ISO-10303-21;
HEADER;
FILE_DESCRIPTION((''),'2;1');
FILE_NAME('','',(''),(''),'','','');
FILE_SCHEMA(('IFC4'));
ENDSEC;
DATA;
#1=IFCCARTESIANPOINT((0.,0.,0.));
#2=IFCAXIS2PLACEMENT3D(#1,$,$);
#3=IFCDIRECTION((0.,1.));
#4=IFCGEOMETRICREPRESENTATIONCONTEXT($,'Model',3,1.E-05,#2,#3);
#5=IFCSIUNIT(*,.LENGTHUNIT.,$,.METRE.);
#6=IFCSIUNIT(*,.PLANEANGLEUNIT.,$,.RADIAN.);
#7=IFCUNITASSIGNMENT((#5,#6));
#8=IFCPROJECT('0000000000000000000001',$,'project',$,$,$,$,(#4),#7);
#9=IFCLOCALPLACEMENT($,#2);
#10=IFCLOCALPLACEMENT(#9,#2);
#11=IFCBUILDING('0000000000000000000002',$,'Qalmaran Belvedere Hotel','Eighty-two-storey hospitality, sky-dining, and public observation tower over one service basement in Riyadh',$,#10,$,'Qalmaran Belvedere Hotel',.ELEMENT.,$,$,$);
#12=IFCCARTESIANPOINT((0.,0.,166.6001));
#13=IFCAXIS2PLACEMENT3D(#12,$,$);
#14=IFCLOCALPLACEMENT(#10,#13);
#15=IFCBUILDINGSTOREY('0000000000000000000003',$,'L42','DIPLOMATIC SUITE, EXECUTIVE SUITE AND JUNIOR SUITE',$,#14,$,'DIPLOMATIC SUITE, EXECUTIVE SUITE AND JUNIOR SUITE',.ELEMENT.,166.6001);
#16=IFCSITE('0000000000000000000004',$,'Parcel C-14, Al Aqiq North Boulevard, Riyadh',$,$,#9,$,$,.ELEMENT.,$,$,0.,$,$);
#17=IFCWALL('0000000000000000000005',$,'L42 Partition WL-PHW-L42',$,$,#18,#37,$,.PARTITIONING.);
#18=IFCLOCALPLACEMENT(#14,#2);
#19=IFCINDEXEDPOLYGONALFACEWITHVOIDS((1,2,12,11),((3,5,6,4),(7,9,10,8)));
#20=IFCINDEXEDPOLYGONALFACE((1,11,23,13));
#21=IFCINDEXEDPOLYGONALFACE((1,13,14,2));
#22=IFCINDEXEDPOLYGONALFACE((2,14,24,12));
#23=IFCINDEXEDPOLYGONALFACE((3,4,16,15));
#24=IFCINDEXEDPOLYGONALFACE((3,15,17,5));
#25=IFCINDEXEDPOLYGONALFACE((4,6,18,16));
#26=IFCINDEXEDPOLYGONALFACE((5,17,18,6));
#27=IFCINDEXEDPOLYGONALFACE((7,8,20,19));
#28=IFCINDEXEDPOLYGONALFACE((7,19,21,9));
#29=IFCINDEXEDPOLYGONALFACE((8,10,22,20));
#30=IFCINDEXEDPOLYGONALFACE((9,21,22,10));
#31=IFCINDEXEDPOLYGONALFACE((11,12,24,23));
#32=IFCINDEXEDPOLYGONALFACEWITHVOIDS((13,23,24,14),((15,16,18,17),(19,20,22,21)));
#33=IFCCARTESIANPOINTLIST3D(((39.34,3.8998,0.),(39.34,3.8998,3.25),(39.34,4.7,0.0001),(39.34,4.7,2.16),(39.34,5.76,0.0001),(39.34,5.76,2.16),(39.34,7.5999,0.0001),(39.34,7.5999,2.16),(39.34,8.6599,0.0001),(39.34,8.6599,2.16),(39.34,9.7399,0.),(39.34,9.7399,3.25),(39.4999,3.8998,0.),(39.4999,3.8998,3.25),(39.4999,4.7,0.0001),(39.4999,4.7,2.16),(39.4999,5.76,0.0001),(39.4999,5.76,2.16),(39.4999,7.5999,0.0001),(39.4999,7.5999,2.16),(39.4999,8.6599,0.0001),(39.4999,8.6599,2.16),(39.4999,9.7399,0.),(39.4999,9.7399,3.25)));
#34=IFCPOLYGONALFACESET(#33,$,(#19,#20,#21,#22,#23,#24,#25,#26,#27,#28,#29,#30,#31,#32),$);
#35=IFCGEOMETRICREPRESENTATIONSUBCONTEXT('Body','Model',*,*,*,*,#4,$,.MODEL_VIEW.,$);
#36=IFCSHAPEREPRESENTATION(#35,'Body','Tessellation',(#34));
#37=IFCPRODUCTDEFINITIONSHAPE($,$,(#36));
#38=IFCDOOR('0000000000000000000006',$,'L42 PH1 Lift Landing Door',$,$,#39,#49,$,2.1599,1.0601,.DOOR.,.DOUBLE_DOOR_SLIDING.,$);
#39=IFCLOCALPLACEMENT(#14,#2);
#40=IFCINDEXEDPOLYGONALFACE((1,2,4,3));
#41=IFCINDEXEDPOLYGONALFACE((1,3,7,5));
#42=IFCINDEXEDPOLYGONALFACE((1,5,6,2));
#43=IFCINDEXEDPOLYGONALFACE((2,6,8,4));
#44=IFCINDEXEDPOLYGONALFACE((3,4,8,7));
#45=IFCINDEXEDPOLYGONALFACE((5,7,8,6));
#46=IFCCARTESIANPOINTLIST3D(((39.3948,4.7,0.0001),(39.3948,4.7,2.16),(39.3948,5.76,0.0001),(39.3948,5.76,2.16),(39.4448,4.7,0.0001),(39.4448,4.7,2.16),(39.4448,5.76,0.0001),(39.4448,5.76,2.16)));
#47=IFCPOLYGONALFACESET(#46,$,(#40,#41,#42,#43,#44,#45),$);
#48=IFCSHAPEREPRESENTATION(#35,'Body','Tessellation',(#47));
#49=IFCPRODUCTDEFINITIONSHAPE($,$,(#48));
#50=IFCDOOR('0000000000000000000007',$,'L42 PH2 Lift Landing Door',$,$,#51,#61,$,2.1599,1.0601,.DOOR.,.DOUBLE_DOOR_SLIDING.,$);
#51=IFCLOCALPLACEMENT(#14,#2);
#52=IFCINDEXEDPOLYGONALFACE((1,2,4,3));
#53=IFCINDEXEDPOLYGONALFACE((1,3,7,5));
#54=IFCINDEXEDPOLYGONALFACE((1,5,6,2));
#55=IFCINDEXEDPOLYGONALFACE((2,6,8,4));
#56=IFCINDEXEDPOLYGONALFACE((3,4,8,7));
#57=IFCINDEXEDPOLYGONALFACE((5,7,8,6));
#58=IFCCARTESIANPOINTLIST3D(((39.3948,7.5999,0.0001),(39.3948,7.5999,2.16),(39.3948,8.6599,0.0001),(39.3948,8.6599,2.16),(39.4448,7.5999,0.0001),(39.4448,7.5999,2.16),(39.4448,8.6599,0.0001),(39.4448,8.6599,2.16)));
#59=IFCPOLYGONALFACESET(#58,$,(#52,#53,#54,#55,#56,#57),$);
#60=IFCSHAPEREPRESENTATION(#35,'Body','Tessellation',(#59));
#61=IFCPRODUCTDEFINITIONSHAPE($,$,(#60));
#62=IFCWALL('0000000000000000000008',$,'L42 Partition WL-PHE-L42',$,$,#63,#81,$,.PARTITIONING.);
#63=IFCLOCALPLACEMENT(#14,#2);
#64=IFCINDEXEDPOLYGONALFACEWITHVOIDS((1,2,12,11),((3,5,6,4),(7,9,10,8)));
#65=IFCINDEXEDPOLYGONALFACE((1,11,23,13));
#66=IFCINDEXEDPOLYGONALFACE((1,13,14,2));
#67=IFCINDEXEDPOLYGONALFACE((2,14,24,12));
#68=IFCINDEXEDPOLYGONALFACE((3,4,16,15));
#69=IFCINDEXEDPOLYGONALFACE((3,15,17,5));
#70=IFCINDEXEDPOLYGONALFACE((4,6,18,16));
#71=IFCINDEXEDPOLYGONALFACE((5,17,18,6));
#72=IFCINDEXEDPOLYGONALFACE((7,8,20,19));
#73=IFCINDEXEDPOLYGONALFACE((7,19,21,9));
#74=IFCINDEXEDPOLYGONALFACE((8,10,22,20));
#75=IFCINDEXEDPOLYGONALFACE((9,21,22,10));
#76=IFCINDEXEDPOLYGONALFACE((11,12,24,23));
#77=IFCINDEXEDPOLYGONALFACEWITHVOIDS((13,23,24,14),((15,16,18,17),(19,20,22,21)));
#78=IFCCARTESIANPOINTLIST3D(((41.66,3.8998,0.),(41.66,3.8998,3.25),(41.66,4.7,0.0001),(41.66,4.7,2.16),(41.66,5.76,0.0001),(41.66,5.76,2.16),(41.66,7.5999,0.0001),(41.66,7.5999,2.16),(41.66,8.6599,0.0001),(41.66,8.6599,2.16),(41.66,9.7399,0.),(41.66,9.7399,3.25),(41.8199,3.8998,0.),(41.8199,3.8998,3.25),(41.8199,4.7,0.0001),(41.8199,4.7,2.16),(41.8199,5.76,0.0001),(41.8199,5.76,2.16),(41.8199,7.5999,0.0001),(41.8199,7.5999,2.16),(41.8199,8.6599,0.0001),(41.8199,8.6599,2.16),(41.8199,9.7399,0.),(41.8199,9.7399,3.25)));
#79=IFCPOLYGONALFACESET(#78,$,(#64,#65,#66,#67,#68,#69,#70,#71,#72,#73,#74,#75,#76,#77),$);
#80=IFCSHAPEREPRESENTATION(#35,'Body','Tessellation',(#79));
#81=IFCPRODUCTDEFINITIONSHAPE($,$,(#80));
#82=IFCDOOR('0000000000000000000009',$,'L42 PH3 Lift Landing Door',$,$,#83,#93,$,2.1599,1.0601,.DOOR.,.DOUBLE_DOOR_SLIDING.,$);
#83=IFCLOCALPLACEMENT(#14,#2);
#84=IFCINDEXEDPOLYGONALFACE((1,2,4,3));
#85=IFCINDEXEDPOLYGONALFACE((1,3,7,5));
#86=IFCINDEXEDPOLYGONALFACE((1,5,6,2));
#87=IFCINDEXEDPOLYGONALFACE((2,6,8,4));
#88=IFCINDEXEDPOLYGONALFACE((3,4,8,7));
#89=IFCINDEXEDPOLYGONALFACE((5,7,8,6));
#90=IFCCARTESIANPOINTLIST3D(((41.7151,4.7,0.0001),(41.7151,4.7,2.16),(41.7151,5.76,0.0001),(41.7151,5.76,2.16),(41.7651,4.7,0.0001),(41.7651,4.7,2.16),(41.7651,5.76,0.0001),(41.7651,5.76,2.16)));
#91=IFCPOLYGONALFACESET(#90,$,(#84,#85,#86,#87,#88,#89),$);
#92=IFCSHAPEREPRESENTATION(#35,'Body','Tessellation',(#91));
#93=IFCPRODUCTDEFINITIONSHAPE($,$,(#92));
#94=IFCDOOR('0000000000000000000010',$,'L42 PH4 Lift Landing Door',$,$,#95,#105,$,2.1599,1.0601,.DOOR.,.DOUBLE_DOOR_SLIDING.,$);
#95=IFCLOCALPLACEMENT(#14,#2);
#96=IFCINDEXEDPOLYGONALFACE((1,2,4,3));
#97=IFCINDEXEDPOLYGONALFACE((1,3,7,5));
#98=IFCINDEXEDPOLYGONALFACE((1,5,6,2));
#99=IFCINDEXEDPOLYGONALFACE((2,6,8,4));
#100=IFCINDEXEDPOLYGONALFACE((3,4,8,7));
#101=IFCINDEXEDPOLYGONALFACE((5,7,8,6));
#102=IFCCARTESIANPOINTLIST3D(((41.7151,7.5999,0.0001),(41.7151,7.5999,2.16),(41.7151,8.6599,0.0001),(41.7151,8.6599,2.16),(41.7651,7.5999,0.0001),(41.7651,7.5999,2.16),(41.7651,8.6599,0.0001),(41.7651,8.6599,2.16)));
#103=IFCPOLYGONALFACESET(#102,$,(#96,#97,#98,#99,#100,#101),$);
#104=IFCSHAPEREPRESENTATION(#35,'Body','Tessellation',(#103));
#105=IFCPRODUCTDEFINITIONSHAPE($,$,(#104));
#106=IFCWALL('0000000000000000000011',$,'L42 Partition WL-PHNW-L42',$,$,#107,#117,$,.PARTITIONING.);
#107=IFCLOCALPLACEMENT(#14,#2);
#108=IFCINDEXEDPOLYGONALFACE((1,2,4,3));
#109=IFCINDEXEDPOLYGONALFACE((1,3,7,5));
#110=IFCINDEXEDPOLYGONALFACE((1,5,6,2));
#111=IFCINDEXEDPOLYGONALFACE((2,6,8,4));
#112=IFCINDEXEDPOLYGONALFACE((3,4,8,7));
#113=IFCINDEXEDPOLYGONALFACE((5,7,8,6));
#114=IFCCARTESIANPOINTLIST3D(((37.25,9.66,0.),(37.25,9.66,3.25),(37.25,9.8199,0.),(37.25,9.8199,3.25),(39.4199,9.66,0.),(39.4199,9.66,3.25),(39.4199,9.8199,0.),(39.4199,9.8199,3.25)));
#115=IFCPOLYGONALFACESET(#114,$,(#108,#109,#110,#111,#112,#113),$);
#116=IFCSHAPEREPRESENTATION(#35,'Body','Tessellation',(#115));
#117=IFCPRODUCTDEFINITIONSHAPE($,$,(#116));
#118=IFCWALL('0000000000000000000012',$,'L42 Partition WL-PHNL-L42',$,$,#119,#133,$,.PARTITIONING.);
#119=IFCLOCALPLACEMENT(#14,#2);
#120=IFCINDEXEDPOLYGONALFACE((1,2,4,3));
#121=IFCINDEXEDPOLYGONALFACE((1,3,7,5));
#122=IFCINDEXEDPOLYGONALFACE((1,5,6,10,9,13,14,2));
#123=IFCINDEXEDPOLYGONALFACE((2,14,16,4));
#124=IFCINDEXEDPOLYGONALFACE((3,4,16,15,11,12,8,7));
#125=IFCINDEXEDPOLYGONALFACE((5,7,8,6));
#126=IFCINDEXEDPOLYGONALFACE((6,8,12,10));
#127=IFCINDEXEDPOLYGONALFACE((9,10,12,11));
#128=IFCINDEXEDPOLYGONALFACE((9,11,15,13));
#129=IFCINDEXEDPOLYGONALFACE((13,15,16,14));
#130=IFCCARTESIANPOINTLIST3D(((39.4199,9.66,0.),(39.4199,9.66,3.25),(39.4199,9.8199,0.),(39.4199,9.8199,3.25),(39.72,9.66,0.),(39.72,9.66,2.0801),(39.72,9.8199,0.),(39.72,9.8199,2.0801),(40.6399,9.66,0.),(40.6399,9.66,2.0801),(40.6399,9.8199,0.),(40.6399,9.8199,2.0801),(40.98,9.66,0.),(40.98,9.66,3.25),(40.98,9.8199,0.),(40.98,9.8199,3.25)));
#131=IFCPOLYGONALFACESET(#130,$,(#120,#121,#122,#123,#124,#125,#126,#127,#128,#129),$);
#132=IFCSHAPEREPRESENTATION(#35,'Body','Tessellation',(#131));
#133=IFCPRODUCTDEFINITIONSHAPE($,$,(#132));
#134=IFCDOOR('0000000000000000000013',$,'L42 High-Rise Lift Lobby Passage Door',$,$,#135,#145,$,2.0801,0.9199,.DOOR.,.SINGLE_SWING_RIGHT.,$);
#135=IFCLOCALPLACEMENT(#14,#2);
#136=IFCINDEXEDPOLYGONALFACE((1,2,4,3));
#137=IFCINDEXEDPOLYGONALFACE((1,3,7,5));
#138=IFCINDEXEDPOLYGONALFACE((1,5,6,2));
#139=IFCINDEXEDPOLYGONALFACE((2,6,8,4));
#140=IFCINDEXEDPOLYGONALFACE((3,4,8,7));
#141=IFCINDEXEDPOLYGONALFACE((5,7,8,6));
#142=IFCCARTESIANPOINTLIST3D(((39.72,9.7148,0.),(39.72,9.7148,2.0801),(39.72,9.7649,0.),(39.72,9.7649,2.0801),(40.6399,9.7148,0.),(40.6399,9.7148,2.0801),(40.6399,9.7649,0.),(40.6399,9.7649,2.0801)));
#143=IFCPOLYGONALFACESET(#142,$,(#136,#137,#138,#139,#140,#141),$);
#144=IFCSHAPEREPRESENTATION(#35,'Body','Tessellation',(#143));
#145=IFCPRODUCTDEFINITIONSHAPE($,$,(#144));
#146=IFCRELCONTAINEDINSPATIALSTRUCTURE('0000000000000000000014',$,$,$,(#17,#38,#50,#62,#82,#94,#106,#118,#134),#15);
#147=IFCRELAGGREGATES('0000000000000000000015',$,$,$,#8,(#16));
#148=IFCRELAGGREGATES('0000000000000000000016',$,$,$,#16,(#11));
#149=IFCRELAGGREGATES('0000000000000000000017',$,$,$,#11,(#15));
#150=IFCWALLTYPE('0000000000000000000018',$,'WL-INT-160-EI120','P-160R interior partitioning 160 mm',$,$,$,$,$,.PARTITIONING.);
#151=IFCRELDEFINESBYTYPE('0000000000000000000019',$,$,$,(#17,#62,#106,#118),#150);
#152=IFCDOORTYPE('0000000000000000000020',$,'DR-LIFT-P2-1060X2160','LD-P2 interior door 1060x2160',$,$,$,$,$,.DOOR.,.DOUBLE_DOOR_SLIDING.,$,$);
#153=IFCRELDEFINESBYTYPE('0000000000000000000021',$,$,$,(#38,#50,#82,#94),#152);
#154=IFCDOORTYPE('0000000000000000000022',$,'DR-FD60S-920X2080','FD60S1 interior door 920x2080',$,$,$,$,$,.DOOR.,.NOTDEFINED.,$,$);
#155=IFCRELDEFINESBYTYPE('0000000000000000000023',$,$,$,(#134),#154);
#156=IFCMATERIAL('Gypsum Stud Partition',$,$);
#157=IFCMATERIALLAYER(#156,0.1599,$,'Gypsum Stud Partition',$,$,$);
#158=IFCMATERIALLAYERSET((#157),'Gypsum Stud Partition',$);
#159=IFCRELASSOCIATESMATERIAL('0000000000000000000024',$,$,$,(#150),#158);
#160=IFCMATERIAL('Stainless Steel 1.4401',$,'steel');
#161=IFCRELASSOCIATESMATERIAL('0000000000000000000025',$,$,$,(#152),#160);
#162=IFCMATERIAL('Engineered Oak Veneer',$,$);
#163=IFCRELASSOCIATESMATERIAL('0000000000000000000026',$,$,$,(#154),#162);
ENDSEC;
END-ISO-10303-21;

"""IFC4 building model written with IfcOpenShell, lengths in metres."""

from ifc_helpers import new_model, si_unit, direction, frame, frame_2d, origin, place, context, subcontext, project, spatial, rectangle, extrude, material, layer, layer_set, type_object, element, fill, save


model = new_model("IFC4")

# Units and contexts
model_context = context("Model", 3, precision=1e-05, world=origin(), true_north=direction((0.0, 1.0)))
body_context = subcontext(model_context, "Body", "Model", "MODEL_VIEW")
ifc_project = project(units=[si_unit("LENGTHUNIT", "METRE"), si_unit("PLANEANGLEUNIT", "RADIAN")], contexts=[model_context])

# Site, building, storey
site_placement = place(None, origin())
site = spatial("IfcSite", under=ifc_project, at=site_placement, Name="Parcel C-14, Al Aqiq North Boulevard, Riyadh", CompositionType="ELEMENT", RefElevation=0.0)
building_placement = place(site_placement, origin())
building = spatial("IfcBuilding", under=site, at=building_placement, Name="Qalmaran Belvedere Hotel", Description="Eighty-two-storey hospitality, sky-dining, and public observation tower over one service basement in Riyadh", LongName="Qalmaran Belvedere Hotel", CompositionType="ELEMENT")
storey_placement = place(building_placement, frame((0.0, 0.0, 166.6001)))
storey = spatial("IfcBuildingStorey", under=building, at=storey_placement, Name="L42", Description="DIPLOMATIC SUITE, EXECUTIVE SUITE AND JUNIOR SUITE", LongName="DIPLOMATIC SUITE, EXECUTIVE SUITE AND JUNIOR SUITE", CompositionType="ELEMENT", Elevation=166.6001)

# Shared definitions
ifc_material_1 = material(Name="Gypsum Stud Partition")

# Walls, openings, doors
ifc_layer_1 = layer(ifc_material_1, 0.1599, Name="Gypsum Stud Partition")
ifc_layer_set_1 = layer_set([ifc_layer_1], Name="Gypsum Stud Partition")
wall_type_1 = type_object("IfcWallType", Name="WL-INT-160-EI120", Description="P-160R interior partitioning 160 mm", PredefinedType="PARTITIONING", material=ifc_layer_set_1)
wall_1_placement = place(storey_placement, frame((39.4199, 3.8999, 0.0), z_axis=(0.0, 0.0, 1.0), x_axis=(0.0, 1.0, 0.0)))
wall_1 = element("IfcWall", 1, at=wall_1_placement, inside=storey, type_object=wall_type_1, Name="L42 Partition WL-PHW-L42", PredefinedType="PARTITIONING", context=body_context, shape_type="SweptSolid", body=[
    extrude(rectangle(XDim=5.8401, YDim=0.1599, at=frame_2d((2.9199, 0.0))), origin(), (0.0, 0.0, 1.0), 3.25),
])
opening_1_placement = place(wall_1_placement, frame((1.8601, 0.0, 0.0), z_axis=(0.0, 0.0, 1.0), x_axis=(-1.0, 0.0, 0.0)))
opening_1 = element("IfcOpeningElement", 2, at=opening_1_placement, cuts=wall_1, PredefinedType="OPENING", context=body_context, shape_type="SweptSolid", body=[
    extrude(rectangle(XDim=1.0601, YDim=2.1599, at=frame_2d((0.53, 1.0801))), frame((0.0, 0.0898, 0.0), z_axis=(0.0, -1.0, 0.0), x_axis=(1.0, 0.0, 0.0)), (0.0, 0.0, 1.0), 0.1799),
])
opening_2_placement = place(wall_1_placement, frame((4.76, 0.0, 0.0), z_axis=(0.0, 0.0, 1.0), x_axis=(-1.0, 0.0, 0.0)))
opening_2 = element("IfcOpeningElement", 3, at=opening_2_placement, cuts=wall_1, PredefinedType="OPENING", context=body_context, shape_type="SweptSolid", body=[
    extrude(rectangle(XDim=1.0601, YDim=2.1599, at=frame_2d((0.53, 1.0801))), frame((0.0, 0.0898, 0.0), z_axis=(0.0, -1.0, 0.0), x_axis=(1.0, 0.0, 0.0)), (0.0, 0.0, 1.0), 0.1799),
])
ifc_material_2 = material(Name="Stainless Steel 1.4401", Category="steel")
door_type_1 = type_object("IfcDoorType", Name="DR-LIFT-P2-1060X2160", Description="LD-P2 interior door 1060x2160", OperationType="DOUBLE_DOOR_SLIDING", PredefinedType="DOOR", material=ifc_material_2)
door_1_placement = place(opening_1_placement, origin())
door_1 = element("IfcDoor", 4, at=door_1_placement, inside=storey, type_object=door_type_1, Name="L42 PH1 Lift Landing Door", OperationType="DOUBLE_DOOR_SLIDING", OverallHeight=2.1599, OverallWidth=1.0601, PredefinedType="DOOR", context=body_context, shape_type="SweptSolid", body=[
    extrude(rectangle(XDim=1.0601, YDim=2.1599, at=frame_2d((0.53, 1.0801))), frame((0.0, 0.0249, 0.0), z_axis=(0.0, -1.0, 0.0), x_axis=(1.0, 0.0, 0.0)), (0.0, 0.0, 1.0), 0.05),
])
fill(opening_1, door_1)
door_2_placement = place(opening_2_placement, origin())
door_2 = element("IfcDoor", 5, at=door_2_placement, inside=storey, type_object=door_type_1, Name="L42 PH2 Lift Landing Door", OperationType="DOUBLE_DOOR_SLIDING", OverallHeight=2.1599, OverallWidth=1.0601, PredefinedType="DOOR", context=body_context, shape_type="SweptSolid", body=[
    extrude(rectangle(XDim=1.0601, YDim=2.1599, at=frame_2d((0.53, 1.0801))), frame((0.0, 0.0249, 0.0), z_axis=(0.0, -1.0, 0.0), x_axis=(1.0, 0.0, 0.0)), (0.0, 0.0, 1.0), 0.05),
])
fill(opening_2, door_2)
wall_2_placement = place(storey_placement, frame((41.74, 3.8999, 0.0), z_axis=(0.0, 0.0, 1.0), x_axis=(0.0, 1.0, 0.0)))
wall_2 = element("IfcWall", 6, at=wall_2_placement, inside=storey, type_object=wall_type_1, Name="L42 Partition WL-PHE-L42", PredefinedType="PARTITIONING", context=body_context, shape_type="SweptSolid", body=[
    extrude(rectangle(XDim=5.8401, YDim=0.1599, at=frame_2d((2.9199, 0.0))), origin(), (0.0, 0.0, 1.0), 3.25),
])
opening_3_placement = place(wall_2_placement, frame((0.8, 0.0, 0.0)))
opening_3 = element("IfcOpeningElement", 7, at=opening_3_placement, cuts=wall_2, PredefinedType="OPENING", context=body_context, shape_type="SweptSolid", body=[
    extrude(rectangle(XDim=1.0601, YDim=2.1599, at=frame_2d((0.53, 1.0801))), frame((0.0, 0.0898, 0.0), z_axis=(0.0, -1.0, 0.0), x_axis=(1.0, 0.0, 0.0)), (0.0, 0.0, 1.0), 0.1799),
])
opening_4_placement = place(wall_2_placement, frame((3.7, 0.0, 0.0)))
opening_4 = element("IfcOpeningElement", 8, at=opening_4_placement, cuts=wall_2, PredefinedType="OPENING", context=body_context, shape_type="SweptSolid", body=[
    extrude(rectangle(XDim=1.0601, YDim=2.1599, at=frame_2d((0.53, 1.0801))), frame((0.0, 0.0898, 0.0), z_axis=(0.0, -1.0, 0.0), x_axis=(1.0, 0.0, 0.0)), (0.0, 0.0, 1.0), 0.1799),
])
door_3_placement = place(opening_3_placement, origin())
door_3 = element("IfcDoor", 9, at=door_3_placement, inside=storey, type_object=door_type_1, Name="L42 PH3 Lift Landing Door", OperationType="DOUBLE_DOOR_SLIDING", OverallHeight=2.1599, OverallWidth=1.0601, PredefinedType="DOOR", context=body_context, shape_type="SweptSolid", body=[
    extrude(rectangle(XDim=1.0601, YDim=2.1599, at=frame_2d((0.53, 1.0801))), frame((0.0, 0.0249, 0.0), z_axis=(0.0, -1.0, 0.0), x_axis=(1.0, 0.0, 0.0)), (0.0, 0.0, 1.0), 0.05),
])
fill(opening_3, door_3)
door_4_placement = place(opening_4_placement, origin())
door_4 = element("IfcDoor", 10, at=door_4_placement, inside=storey, type_object=door_type_1, Name="L42 PH4 Lift Landing Door", OperationType="DOUBLE_DOOR_SLIDING", OverallHeight=2.1599, OverallWidth=1.0601, PredefinedType="DOOR", context=body_context, shape_type="SweptSolid", body=[
    extrude(rectangle(XDim=1.0601, YDim=2.1599, at=frame_2d((0.53, 1.0801))), frame((0.0, 0.0249, 0.0), z_axis=(0.0, -1.0, 0.0), x_axis=(1.0, 0.0, 0.0)), (0.0, 0.0, 1.0), 0.05),
])
fill(opening_4, door_4)

# Wall
wall_3_placement = place(storey_placement, frame((37.25, 9.74, 0.0), z_axis=(0.0, 0.0, 1.0), x_axis=(1.0, 0.0, 0.0)))
element("IfcWall", 11, at=wall_3_placement, inside=storey, type_object=wall_type_1, Name="L42 Partition WL-PHNW-L42", PredefinedType="PARTITIONING", context=body_context, shape_type="SweptSolid", body=[
    extrude(rectangle(XDim=2.1699, YDim=0.1599, at=frame_2d((1.085, 0.0))), origin(), (0.0, 0.0, 1.0), 3.25),
])

# Wall, opening, door
wall_4_placement = place(storey_placement, frame((39.4199, 9.74, 0.0), z_axis=(0.0, 0.0, 1.0), x_axis=(1.0, 0.0, 0.0)))
wall_4 = element("IfcWall", 12, at=wall_4_placement, inside=storey, type_object=wall_type_1, Name="L42 Partition WL-PHNL-L42", PredefinedType="PARTITIONING", context=body_context, shape_type="SweptSolid", body=[
    extrude(rectangle(XDim=1.5601, YDim=0.1599, at=frame_2d((0.78, 0.0))), origin(), (0.0, 0.0, 1.0), 3.25),
])
opening_5_placement = place(wall_4_placement, frame((0.3, 0.0, 0.0)))
opening_5 = element("IfcOpeningElement", 13, at=opening_5_placement, cuts=wall_4, PredefinedType="OPENING", context=body_context, shape_type="SweptSolid", body=[
    extrude(rectangle(XDim=0.9199, YDim=2.0801, at=frame_2d((0.46, 1.04))), frame((0.0, 0.0898, 0.0), z_axis=(0.0, -1.0, 0.0), x_axis=(1.0, 0.0, 0.0)), (0.0, 0.0, 1.0), 0.1799),
])
ifc_material_3 = material(Name="Engineered Oak Veneer")
door_type_2 = type_object("IfcDoorType", Name="DR-FD60S-920X2080", Description="FD60S1 interior door 920x2080", OperationType="NOTDEFINED", PredefinedType="DOOR", material=ifc_material_3)
door_5_placement = place(opening_5_placement, origin())
door_5 = element("IfcDoor", 14, at=door_5_placement, inside=storey, type_object=door_type_2, Name="L42 High-Rise Lift Lobby Passage Door", OperationType="SINGLE_SWING_RIGHT", OverallHeight=2.0801, OverallWidth=0.9199, PredefinedType="DOOR", context=body_context, shape_type="SweptSolid", body=[
    extrude(rectangle(XDim=0.9199, YDim=2.0801, at=frame_2d((0.46, 1.04))), frame((0.0, 0.0249, 0.0), z_axis=(0.0, -1.0, 0.0), x_axis=(1.0, 0.0, 0.0)), (0.0, 0.0, 1.0), 0.05),
])
fill(opening_5, door_5)

save(model, "model.ifc")
